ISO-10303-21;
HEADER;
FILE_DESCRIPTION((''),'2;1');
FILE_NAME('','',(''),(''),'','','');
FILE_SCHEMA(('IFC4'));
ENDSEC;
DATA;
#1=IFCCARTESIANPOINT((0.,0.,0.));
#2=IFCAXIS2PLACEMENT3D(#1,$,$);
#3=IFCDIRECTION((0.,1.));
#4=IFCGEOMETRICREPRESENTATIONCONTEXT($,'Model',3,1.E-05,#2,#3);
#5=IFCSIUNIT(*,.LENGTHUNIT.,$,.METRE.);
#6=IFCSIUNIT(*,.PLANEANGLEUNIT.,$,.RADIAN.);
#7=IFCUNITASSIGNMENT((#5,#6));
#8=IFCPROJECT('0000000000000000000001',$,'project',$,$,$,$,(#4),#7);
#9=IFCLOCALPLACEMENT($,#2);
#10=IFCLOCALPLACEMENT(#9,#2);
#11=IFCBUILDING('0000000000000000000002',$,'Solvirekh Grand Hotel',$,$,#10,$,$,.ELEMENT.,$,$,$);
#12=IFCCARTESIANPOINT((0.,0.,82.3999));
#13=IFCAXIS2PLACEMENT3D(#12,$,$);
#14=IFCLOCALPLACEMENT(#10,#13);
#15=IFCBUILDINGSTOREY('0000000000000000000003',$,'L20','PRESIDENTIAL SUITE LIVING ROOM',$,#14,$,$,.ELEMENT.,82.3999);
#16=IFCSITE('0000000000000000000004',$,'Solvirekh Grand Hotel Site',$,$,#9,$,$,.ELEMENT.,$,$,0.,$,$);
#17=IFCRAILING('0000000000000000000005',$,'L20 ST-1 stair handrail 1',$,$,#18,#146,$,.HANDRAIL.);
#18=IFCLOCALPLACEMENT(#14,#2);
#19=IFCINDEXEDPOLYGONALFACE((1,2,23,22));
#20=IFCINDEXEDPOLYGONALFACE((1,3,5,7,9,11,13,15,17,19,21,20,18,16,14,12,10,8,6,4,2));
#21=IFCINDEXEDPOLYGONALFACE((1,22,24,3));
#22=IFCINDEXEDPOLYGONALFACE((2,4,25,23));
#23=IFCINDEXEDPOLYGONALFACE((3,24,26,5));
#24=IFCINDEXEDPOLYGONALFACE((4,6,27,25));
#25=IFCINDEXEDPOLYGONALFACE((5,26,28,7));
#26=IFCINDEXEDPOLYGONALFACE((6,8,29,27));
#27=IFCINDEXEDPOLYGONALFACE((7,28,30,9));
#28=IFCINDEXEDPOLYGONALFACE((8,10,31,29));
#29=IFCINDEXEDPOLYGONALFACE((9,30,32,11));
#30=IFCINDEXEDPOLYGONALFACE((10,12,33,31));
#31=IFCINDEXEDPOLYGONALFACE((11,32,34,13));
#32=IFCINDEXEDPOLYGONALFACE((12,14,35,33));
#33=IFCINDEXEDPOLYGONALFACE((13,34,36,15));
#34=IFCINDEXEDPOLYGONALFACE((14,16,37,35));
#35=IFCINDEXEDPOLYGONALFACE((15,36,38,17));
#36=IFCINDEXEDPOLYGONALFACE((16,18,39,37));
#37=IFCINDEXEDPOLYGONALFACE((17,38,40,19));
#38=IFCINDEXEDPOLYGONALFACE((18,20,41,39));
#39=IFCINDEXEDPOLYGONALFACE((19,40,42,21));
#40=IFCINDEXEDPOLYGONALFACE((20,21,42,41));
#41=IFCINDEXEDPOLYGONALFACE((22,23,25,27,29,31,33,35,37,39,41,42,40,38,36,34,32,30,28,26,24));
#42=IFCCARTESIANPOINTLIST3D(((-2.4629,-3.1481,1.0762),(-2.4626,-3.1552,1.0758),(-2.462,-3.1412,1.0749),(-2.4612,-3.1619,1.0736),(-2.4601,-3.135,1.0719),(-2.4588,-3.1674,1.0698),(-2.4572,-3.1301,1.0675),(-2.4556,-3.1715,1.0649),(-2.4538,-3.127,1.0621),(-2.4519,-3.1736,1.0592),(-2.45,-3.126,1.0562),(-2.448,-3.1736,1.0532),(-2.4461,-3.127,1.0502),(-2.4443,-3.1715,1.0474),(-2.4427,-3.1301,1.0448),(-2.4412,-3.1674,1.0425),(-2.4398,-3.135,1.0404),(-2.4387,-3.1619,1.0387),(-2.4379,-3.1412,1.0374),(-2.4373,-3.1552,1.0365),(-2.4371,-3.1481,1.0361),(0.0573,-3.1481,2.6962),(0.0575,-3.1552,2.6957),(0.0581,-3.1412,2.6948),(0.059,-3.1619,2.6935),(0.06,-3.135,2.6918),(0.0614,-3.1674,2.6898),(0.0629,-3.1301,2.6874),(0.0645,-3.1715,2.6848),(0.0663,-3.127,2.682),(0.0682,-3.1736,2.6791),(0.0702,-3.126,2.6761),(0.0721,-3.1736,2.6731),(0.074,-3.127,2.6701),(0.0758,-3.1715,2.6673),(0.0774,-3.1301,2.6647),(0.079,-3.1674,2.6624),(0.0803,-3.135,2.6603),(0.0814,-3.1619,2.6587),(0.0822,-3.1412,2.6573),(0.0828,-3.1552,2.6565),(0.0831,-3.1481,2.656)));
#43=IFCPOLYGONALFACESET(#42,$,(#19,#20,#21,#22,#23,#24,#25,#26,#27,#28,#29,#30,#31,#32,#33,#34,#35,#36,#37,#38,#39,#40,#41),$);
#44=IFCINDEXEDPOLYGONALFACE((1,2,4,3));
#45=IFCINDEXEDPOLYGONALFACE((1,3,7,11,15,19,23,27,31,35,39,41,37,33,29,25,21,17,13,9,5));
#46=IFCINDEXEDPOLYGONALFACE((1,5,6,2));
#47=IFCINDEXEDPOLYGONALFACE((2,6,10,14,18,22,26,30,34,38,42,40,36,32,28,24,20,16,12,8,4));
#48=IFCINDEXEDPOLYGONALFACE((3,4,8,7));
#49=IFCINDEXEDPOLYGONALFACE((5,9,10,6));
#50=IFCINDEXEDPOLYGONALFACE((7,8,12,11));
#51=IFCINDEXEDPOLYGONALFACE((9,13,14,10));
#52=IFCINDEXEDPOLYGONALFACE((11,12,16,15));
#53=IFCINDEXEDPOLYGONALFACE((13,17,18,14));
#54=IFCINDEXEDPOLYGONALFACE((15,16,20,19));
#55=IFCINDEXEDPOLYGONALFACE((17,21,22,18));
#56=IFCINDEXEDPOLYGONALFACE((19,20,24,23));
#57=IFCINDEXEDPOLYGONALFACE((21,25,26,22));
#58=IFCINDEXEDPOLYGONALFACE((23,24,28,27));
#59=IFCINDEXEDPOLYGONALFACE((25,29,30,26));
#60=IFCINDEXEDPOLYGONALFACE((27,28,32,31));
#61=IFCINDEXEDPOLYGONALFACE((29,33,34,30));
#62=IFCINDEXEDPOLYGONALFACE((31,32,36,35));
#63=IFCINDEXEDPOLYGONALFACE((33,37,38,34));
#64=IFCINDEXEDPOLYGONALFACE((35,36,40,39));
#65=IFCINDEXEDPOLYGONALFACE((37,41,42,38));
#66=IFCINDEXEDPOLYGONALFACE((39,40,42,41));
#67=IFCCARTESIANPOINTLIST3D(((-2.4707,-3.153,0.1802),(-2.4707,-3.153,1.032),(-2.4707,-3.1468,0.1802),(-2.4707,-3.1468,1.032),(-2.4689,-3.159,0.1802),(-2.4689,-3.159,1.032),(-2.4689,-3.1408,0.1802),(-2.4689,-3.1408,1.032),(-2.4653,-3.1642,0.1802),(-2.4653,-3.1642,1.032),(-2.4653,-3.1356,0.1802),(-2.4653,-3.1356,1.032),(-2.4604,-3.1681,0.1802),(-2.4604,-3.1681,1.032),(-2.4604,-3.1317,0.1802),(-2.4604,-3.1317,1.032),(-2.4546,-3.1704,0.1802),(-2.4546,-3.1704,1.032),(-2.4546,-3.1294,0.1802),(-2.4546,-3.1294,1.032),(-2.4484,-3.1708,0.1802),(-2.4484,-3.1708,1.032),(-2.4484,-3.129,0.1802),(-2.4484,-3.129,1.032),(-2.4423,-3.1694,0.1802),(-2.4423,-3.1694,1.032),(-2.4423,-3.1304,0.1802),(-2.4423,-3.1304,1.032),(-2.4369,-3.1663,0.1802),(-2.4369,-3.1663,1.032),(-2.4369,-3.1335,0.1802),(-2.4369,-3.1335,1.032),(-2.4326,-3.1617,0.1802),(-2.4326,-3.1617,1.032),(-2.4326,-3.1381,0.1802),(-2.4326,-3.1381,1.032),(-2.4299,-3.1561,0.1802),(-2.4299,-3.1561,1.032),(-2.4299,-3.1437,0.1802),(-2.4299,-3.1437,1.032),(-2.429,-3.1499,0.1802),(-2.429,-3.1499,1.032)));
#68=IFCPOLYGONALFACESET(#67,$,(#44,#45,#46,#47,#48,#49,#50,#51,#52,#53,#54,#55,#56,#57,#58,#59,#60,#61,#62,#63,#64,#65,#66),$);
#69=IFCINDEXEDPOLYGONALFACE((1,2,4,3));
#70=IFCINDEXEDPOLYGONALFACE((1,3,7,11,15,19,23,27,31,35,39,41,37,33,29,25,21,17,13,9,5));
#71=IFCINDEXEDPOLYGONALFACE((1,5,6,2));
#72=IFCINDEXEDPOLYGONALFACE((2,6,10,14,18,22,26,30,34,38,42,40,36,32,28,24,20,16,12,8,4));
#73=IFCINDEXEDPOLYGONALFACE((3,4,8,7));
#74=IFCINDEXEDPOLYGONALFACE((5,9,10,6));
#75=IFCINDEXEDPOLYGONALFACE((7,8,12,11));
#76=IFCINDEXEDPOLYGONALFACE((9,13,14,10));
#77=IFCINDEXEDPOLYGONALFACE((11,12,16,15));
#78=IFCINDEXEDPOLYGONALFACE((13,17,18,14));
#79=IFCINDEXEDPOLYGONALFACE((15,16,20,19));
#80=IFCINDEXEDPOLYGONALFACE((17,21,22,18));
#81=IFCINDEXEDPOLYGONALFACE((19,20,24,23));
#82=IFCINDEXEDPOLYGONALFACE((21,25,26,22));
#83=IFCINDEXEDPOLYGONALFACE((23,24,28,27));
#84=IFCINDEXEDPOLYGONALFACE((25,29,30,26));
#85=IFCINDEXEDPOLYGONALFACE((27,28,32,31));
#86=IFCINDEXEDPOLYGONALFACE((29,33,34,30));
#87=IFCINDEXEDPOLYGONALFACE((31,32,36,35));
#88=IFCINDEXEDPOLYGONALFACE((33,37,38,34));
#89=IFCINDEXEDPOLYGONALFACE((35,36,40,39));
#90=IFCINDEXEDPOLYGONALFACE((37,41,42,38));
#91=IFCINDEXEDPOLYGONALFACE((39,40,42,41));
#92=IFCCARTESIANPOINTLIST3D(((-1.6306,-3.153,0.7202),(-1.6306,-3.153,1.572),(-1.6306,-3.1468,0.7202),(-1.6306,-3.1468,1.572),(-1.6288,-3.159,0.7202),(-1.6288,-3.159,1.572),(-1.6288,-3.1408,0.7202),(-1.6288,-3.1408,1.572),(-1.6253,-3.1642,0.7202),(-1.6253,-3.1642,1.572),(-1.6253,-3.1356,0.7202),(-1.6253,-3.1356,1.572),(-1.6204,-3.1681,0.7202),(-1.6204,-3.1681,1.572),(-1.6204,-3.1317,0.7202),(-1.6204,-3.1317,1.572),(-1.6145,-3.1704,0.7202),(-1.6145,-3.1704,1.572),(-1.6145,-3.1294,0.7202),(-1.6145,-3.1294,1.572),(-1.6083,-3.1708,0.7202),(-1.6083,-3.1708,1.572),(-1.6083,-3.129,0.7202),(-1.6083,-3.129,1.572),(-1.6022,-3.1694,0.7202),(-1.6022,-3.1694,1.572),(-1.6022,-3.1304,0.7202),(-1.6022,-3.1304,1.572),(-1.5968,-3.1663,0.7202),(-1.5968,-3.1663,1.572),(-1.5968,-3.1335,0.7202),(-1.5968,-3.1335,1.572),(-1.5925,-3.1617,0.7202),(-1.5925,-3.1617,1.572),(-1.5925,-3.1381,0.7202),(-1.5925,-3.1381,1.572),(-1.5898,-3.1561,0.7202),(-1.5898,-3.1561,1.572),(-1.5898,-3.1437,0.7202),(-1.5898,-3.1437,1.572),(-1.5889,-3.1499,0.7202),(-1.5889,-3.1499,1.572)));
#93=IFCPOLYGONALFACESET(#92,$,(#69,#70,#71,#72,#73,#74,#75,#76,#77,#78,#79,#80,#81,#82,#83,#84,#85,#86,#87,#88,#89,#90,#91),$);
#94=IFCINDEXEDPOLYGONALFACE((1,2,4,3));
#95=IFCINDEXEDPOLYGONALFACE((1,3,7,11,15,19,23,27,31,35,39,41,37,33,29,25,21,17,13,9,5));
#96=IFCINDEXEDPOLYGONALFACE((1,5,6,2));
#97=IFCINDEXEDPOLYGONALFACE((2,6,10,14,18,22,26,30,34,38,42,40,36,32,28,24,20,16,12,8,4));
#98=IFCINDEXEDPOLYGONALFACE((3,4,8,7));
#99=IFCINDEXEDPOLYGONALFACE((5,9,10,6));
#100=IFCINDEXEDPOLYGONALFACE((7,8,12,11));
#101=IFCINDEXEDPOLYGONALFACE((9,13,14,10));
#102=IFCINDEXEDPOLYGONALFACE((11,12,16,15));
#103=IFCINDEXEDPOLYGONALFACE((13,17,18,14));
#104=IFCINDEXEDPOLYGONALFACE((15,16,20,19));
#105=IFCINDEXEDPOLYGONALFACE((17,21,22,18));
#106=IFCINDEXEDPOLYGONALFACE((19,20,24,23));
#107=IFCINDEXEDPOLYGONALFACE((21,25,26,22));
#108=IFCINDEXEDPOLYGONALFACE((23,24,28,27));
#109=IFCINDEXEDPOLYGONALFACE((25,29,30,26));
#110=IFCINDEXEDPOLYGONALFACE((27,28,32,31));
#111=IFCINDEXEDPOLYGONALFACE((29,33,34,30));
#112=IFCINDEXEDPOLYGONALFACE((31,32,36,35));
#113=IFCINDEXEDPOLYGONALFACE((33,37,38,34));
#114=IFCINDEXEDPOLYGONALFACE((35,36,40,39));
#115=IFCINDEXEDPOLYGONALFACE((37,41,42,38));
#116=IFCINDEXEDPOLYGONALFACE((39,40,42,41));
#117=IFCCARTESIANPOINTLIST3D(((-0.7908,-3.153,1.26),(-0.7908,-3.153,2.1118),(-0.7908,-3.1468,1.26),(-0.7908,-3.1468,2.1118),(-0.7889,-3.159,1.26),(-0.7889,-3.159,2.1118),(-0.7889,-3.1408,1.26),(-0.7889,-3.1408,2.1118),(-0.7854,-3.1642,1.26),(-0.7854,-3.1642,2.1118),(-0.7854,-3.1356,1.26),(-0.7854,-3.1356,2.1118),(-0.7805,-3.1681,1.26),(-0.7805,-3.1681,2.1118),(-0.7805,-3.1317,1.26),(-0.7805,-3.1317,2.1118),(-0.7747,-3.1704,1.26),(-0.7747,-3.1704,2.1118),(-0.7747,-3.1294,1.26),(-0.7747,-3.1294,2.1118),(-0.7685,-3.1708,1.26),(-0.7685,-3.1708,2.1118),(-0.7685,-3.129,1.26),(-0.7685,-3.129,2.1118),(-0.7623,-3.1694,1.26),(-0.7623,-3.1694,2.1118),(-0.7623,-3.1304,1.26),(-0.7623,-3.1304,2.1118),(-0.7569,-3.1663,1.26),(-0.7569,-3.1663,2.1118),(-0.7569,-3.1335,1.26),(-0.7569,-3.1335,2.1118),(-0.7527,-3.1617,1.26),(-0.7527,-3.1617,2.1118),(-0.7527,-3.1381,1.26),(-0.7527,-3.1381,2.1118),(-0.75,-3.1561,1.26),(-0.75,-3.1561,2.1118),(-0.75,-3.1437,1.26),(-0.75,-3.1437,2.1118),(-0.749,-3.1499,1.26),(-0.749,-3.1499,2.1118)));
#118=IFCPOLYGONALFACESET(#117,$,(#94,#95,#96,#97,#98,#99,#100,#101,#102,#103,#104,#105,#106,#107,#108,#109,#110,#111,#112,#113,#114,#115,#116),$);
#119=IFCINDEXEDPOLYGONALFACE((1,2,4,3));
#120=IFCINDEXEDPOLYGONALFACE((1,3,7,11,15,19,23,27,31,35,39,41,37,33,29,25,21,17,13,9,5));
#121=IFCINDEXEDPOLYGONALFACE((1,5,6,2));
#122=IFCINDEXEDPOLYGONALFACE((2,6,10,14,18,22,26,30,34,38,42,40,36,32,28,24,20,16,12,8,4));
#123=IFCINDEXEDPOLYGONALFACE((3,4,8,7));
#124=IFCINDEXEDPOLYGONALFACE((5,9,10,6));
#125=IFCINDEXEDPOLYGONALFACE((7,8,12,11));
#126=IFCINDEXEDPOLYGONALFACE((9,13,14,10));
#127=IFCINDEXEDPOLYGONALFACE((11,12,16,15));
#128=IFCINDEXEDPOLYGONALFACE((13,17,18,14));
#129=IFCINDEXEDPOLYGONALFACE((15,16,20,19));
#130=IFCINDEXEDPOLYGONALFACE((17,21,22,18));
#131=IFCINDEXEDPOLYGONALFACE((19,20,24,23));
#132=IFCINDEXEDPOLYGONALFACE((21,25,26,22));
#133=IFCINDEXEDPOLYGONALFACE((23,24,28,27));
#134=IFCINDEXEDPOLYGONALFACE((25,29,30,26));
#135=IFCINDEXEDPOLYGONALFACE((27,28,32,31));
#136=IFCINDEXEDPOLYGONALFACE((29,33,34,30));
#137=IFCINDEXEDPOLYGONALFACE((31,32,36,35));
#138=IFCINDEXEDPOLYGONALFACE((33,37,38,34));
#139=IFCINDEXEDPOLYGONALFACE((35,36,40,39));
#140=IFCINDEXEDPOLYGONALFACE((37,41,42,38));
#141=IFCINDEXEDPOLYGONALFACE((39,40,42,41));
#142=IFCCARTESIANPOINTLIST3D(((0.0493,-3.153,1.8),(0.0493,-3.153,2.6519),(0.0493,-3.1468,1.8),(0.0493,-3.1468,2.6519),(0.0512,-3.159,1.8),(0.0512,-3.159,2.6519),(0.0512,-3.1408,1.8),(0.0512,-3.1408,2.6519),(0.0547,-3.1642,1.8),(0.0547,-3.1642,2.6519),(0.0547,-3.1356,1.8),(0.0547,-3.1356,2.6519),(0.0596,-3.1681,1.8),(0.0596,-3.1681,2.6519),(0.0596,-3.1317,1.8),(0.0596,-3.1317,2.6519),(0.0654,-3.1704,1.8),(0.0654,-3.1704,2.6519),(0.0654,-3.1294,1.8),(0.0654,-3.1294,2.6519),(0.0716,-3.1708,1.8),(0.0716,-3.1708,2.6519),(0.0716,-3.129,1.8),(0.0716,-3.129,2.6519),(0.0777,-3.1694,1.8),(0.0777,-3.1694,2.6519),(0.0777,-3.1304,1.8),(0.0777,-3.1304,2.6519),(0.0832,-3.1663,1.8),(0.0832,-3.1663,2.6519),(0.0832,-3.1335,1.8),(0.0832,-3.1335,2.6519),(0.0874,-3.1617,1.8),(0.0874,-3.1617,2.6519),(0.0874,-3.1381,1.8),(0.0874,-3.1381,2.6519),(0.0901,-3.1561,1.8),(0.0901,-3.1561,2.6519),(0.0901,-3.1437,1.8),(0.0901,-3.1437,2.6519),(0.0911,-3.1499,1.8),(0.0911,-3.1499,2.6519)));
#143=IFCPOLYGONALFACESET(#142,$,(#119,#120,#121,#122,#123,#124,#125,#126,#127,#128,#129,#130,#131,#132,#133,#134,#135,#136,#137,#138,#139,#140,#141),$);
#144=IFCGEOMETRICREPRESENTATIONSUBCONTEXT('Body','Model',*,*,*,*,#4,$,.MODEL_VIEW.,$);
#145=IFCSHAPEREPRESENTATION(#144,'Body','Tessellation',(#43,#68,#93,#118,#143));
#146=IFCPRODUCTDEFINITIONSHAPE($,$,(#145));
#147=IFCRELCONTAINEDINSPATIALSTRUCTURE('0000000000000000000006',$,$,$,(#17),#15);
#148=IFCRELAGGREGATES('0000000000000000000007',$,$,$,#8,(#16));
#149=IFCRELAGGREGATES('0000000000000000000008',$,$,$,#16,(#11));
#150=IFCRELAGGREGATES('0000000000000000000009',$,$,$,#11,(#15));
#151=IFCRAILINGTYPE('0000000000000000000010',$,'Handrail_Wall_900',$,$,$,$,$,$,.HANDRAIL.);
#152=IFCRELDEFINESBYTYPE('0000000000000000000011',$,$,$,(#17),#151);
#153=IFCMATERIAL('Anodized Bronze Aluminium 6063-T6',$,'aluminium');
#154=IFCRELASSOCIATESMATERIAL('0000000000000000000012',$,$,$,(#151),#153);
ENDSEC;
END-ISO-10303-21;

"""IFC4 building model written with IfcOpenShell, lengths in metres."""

from ifc_helpers import new_model, si_unit, direction, frame, origin, origin_2d, place, context, subcontext, project, spatial, circle, extrude, material, type_object, element, save


model = new_model("IFC4")

# Units and contexts
model_context = context("Model", 3, precision=1e-05, world=origin(), true_north=direction((0.0, 1.0)))
body_context = subcontext(model_context, "Body", "Model", "MODEL_VIEW")
ifc_project = project(units=[si_unit("LENGTHUNIT", "METRE"), si_unit("PLANEANGLEUNIT", "RADIAN")], contexts=[model_context])

# Site, building, storey
site_placement = place(None, origin())
site = spatial("IfcSite", under=ifc_project, at=site_placement, Name="Solvirekh Grand Hotel Site", CompositionType="ELEMENT", RefElevation=0.0)
building_placement = place(site_placement, origin())
building = spatial("IfcBuilding", under=site, at=building_placement, Name="Solvirekh Grand Hotel", CompositionType="ELEMENT")
storey_placement = place(building_placement, frame((0.0, 0.0, 82.3999)))
storey = spatial("IfcBuildingStorey", under=building, at=storey_placement, Name="L20", Description="PRESIDENTIAL SUITE LIVING ROOM", CompositionType="ELEMENT", Elevation=82.3999)

# Shared definitions
ifc_material_1 = material(Name="Anodized Bronze Aluminium 6063-T6", Category="aluminium")

# Railing
railing_type_1 = type_object("IfcRailingType", Name="Handrail_Wall_900", PredefinedType="HANDRAIL", material=ifc_material_1)
railing_1_placement = place(storey_placement, frame((-2.45, -3.1499, 0.1802)))
element("IfcRailing", 1, at=railing_1_placement, inside=storey, type_object=railing_type_1, Name="L20 ST-1 stair handrail 1", PredefinedType="HANDRAIL", context=body_context, shape_type="SweptSolid", body=[
    extrude(circle(Radius=0.0239, at=origin_2d()), frame((0.0, 0.0, 0.876), z_axis=(0.8412, 0.0, 0.540725), x_axis=(0.0, 1.0, 0.0)), (0.0, 0.0, 1.0), 2.9958),
    extrude(circle(Radius=0.021, at=origin_2d()), origin(), (0.0, 0.0, 1.0), 0.8518),
    extrude(circle(Radius=0.021, at=origin_2d()), frame((0.8401, 0.0, 0.54)), (0.0, 0.0, 1.0), 0.8518),
    extrude(circle(Radius=0.021, at=origin_2d()), frame((1.6799, 0.0, 1.0798)), (0.0, 0.0, 1.0), 0.8518),
    extrude(circle(Radius=0.021, at=origin_2d()), frame((2.52, 0.0, 1.6199)), (0.0, 0.0, 1.0), 0.8518),
])

save(model, "model.ifc")
